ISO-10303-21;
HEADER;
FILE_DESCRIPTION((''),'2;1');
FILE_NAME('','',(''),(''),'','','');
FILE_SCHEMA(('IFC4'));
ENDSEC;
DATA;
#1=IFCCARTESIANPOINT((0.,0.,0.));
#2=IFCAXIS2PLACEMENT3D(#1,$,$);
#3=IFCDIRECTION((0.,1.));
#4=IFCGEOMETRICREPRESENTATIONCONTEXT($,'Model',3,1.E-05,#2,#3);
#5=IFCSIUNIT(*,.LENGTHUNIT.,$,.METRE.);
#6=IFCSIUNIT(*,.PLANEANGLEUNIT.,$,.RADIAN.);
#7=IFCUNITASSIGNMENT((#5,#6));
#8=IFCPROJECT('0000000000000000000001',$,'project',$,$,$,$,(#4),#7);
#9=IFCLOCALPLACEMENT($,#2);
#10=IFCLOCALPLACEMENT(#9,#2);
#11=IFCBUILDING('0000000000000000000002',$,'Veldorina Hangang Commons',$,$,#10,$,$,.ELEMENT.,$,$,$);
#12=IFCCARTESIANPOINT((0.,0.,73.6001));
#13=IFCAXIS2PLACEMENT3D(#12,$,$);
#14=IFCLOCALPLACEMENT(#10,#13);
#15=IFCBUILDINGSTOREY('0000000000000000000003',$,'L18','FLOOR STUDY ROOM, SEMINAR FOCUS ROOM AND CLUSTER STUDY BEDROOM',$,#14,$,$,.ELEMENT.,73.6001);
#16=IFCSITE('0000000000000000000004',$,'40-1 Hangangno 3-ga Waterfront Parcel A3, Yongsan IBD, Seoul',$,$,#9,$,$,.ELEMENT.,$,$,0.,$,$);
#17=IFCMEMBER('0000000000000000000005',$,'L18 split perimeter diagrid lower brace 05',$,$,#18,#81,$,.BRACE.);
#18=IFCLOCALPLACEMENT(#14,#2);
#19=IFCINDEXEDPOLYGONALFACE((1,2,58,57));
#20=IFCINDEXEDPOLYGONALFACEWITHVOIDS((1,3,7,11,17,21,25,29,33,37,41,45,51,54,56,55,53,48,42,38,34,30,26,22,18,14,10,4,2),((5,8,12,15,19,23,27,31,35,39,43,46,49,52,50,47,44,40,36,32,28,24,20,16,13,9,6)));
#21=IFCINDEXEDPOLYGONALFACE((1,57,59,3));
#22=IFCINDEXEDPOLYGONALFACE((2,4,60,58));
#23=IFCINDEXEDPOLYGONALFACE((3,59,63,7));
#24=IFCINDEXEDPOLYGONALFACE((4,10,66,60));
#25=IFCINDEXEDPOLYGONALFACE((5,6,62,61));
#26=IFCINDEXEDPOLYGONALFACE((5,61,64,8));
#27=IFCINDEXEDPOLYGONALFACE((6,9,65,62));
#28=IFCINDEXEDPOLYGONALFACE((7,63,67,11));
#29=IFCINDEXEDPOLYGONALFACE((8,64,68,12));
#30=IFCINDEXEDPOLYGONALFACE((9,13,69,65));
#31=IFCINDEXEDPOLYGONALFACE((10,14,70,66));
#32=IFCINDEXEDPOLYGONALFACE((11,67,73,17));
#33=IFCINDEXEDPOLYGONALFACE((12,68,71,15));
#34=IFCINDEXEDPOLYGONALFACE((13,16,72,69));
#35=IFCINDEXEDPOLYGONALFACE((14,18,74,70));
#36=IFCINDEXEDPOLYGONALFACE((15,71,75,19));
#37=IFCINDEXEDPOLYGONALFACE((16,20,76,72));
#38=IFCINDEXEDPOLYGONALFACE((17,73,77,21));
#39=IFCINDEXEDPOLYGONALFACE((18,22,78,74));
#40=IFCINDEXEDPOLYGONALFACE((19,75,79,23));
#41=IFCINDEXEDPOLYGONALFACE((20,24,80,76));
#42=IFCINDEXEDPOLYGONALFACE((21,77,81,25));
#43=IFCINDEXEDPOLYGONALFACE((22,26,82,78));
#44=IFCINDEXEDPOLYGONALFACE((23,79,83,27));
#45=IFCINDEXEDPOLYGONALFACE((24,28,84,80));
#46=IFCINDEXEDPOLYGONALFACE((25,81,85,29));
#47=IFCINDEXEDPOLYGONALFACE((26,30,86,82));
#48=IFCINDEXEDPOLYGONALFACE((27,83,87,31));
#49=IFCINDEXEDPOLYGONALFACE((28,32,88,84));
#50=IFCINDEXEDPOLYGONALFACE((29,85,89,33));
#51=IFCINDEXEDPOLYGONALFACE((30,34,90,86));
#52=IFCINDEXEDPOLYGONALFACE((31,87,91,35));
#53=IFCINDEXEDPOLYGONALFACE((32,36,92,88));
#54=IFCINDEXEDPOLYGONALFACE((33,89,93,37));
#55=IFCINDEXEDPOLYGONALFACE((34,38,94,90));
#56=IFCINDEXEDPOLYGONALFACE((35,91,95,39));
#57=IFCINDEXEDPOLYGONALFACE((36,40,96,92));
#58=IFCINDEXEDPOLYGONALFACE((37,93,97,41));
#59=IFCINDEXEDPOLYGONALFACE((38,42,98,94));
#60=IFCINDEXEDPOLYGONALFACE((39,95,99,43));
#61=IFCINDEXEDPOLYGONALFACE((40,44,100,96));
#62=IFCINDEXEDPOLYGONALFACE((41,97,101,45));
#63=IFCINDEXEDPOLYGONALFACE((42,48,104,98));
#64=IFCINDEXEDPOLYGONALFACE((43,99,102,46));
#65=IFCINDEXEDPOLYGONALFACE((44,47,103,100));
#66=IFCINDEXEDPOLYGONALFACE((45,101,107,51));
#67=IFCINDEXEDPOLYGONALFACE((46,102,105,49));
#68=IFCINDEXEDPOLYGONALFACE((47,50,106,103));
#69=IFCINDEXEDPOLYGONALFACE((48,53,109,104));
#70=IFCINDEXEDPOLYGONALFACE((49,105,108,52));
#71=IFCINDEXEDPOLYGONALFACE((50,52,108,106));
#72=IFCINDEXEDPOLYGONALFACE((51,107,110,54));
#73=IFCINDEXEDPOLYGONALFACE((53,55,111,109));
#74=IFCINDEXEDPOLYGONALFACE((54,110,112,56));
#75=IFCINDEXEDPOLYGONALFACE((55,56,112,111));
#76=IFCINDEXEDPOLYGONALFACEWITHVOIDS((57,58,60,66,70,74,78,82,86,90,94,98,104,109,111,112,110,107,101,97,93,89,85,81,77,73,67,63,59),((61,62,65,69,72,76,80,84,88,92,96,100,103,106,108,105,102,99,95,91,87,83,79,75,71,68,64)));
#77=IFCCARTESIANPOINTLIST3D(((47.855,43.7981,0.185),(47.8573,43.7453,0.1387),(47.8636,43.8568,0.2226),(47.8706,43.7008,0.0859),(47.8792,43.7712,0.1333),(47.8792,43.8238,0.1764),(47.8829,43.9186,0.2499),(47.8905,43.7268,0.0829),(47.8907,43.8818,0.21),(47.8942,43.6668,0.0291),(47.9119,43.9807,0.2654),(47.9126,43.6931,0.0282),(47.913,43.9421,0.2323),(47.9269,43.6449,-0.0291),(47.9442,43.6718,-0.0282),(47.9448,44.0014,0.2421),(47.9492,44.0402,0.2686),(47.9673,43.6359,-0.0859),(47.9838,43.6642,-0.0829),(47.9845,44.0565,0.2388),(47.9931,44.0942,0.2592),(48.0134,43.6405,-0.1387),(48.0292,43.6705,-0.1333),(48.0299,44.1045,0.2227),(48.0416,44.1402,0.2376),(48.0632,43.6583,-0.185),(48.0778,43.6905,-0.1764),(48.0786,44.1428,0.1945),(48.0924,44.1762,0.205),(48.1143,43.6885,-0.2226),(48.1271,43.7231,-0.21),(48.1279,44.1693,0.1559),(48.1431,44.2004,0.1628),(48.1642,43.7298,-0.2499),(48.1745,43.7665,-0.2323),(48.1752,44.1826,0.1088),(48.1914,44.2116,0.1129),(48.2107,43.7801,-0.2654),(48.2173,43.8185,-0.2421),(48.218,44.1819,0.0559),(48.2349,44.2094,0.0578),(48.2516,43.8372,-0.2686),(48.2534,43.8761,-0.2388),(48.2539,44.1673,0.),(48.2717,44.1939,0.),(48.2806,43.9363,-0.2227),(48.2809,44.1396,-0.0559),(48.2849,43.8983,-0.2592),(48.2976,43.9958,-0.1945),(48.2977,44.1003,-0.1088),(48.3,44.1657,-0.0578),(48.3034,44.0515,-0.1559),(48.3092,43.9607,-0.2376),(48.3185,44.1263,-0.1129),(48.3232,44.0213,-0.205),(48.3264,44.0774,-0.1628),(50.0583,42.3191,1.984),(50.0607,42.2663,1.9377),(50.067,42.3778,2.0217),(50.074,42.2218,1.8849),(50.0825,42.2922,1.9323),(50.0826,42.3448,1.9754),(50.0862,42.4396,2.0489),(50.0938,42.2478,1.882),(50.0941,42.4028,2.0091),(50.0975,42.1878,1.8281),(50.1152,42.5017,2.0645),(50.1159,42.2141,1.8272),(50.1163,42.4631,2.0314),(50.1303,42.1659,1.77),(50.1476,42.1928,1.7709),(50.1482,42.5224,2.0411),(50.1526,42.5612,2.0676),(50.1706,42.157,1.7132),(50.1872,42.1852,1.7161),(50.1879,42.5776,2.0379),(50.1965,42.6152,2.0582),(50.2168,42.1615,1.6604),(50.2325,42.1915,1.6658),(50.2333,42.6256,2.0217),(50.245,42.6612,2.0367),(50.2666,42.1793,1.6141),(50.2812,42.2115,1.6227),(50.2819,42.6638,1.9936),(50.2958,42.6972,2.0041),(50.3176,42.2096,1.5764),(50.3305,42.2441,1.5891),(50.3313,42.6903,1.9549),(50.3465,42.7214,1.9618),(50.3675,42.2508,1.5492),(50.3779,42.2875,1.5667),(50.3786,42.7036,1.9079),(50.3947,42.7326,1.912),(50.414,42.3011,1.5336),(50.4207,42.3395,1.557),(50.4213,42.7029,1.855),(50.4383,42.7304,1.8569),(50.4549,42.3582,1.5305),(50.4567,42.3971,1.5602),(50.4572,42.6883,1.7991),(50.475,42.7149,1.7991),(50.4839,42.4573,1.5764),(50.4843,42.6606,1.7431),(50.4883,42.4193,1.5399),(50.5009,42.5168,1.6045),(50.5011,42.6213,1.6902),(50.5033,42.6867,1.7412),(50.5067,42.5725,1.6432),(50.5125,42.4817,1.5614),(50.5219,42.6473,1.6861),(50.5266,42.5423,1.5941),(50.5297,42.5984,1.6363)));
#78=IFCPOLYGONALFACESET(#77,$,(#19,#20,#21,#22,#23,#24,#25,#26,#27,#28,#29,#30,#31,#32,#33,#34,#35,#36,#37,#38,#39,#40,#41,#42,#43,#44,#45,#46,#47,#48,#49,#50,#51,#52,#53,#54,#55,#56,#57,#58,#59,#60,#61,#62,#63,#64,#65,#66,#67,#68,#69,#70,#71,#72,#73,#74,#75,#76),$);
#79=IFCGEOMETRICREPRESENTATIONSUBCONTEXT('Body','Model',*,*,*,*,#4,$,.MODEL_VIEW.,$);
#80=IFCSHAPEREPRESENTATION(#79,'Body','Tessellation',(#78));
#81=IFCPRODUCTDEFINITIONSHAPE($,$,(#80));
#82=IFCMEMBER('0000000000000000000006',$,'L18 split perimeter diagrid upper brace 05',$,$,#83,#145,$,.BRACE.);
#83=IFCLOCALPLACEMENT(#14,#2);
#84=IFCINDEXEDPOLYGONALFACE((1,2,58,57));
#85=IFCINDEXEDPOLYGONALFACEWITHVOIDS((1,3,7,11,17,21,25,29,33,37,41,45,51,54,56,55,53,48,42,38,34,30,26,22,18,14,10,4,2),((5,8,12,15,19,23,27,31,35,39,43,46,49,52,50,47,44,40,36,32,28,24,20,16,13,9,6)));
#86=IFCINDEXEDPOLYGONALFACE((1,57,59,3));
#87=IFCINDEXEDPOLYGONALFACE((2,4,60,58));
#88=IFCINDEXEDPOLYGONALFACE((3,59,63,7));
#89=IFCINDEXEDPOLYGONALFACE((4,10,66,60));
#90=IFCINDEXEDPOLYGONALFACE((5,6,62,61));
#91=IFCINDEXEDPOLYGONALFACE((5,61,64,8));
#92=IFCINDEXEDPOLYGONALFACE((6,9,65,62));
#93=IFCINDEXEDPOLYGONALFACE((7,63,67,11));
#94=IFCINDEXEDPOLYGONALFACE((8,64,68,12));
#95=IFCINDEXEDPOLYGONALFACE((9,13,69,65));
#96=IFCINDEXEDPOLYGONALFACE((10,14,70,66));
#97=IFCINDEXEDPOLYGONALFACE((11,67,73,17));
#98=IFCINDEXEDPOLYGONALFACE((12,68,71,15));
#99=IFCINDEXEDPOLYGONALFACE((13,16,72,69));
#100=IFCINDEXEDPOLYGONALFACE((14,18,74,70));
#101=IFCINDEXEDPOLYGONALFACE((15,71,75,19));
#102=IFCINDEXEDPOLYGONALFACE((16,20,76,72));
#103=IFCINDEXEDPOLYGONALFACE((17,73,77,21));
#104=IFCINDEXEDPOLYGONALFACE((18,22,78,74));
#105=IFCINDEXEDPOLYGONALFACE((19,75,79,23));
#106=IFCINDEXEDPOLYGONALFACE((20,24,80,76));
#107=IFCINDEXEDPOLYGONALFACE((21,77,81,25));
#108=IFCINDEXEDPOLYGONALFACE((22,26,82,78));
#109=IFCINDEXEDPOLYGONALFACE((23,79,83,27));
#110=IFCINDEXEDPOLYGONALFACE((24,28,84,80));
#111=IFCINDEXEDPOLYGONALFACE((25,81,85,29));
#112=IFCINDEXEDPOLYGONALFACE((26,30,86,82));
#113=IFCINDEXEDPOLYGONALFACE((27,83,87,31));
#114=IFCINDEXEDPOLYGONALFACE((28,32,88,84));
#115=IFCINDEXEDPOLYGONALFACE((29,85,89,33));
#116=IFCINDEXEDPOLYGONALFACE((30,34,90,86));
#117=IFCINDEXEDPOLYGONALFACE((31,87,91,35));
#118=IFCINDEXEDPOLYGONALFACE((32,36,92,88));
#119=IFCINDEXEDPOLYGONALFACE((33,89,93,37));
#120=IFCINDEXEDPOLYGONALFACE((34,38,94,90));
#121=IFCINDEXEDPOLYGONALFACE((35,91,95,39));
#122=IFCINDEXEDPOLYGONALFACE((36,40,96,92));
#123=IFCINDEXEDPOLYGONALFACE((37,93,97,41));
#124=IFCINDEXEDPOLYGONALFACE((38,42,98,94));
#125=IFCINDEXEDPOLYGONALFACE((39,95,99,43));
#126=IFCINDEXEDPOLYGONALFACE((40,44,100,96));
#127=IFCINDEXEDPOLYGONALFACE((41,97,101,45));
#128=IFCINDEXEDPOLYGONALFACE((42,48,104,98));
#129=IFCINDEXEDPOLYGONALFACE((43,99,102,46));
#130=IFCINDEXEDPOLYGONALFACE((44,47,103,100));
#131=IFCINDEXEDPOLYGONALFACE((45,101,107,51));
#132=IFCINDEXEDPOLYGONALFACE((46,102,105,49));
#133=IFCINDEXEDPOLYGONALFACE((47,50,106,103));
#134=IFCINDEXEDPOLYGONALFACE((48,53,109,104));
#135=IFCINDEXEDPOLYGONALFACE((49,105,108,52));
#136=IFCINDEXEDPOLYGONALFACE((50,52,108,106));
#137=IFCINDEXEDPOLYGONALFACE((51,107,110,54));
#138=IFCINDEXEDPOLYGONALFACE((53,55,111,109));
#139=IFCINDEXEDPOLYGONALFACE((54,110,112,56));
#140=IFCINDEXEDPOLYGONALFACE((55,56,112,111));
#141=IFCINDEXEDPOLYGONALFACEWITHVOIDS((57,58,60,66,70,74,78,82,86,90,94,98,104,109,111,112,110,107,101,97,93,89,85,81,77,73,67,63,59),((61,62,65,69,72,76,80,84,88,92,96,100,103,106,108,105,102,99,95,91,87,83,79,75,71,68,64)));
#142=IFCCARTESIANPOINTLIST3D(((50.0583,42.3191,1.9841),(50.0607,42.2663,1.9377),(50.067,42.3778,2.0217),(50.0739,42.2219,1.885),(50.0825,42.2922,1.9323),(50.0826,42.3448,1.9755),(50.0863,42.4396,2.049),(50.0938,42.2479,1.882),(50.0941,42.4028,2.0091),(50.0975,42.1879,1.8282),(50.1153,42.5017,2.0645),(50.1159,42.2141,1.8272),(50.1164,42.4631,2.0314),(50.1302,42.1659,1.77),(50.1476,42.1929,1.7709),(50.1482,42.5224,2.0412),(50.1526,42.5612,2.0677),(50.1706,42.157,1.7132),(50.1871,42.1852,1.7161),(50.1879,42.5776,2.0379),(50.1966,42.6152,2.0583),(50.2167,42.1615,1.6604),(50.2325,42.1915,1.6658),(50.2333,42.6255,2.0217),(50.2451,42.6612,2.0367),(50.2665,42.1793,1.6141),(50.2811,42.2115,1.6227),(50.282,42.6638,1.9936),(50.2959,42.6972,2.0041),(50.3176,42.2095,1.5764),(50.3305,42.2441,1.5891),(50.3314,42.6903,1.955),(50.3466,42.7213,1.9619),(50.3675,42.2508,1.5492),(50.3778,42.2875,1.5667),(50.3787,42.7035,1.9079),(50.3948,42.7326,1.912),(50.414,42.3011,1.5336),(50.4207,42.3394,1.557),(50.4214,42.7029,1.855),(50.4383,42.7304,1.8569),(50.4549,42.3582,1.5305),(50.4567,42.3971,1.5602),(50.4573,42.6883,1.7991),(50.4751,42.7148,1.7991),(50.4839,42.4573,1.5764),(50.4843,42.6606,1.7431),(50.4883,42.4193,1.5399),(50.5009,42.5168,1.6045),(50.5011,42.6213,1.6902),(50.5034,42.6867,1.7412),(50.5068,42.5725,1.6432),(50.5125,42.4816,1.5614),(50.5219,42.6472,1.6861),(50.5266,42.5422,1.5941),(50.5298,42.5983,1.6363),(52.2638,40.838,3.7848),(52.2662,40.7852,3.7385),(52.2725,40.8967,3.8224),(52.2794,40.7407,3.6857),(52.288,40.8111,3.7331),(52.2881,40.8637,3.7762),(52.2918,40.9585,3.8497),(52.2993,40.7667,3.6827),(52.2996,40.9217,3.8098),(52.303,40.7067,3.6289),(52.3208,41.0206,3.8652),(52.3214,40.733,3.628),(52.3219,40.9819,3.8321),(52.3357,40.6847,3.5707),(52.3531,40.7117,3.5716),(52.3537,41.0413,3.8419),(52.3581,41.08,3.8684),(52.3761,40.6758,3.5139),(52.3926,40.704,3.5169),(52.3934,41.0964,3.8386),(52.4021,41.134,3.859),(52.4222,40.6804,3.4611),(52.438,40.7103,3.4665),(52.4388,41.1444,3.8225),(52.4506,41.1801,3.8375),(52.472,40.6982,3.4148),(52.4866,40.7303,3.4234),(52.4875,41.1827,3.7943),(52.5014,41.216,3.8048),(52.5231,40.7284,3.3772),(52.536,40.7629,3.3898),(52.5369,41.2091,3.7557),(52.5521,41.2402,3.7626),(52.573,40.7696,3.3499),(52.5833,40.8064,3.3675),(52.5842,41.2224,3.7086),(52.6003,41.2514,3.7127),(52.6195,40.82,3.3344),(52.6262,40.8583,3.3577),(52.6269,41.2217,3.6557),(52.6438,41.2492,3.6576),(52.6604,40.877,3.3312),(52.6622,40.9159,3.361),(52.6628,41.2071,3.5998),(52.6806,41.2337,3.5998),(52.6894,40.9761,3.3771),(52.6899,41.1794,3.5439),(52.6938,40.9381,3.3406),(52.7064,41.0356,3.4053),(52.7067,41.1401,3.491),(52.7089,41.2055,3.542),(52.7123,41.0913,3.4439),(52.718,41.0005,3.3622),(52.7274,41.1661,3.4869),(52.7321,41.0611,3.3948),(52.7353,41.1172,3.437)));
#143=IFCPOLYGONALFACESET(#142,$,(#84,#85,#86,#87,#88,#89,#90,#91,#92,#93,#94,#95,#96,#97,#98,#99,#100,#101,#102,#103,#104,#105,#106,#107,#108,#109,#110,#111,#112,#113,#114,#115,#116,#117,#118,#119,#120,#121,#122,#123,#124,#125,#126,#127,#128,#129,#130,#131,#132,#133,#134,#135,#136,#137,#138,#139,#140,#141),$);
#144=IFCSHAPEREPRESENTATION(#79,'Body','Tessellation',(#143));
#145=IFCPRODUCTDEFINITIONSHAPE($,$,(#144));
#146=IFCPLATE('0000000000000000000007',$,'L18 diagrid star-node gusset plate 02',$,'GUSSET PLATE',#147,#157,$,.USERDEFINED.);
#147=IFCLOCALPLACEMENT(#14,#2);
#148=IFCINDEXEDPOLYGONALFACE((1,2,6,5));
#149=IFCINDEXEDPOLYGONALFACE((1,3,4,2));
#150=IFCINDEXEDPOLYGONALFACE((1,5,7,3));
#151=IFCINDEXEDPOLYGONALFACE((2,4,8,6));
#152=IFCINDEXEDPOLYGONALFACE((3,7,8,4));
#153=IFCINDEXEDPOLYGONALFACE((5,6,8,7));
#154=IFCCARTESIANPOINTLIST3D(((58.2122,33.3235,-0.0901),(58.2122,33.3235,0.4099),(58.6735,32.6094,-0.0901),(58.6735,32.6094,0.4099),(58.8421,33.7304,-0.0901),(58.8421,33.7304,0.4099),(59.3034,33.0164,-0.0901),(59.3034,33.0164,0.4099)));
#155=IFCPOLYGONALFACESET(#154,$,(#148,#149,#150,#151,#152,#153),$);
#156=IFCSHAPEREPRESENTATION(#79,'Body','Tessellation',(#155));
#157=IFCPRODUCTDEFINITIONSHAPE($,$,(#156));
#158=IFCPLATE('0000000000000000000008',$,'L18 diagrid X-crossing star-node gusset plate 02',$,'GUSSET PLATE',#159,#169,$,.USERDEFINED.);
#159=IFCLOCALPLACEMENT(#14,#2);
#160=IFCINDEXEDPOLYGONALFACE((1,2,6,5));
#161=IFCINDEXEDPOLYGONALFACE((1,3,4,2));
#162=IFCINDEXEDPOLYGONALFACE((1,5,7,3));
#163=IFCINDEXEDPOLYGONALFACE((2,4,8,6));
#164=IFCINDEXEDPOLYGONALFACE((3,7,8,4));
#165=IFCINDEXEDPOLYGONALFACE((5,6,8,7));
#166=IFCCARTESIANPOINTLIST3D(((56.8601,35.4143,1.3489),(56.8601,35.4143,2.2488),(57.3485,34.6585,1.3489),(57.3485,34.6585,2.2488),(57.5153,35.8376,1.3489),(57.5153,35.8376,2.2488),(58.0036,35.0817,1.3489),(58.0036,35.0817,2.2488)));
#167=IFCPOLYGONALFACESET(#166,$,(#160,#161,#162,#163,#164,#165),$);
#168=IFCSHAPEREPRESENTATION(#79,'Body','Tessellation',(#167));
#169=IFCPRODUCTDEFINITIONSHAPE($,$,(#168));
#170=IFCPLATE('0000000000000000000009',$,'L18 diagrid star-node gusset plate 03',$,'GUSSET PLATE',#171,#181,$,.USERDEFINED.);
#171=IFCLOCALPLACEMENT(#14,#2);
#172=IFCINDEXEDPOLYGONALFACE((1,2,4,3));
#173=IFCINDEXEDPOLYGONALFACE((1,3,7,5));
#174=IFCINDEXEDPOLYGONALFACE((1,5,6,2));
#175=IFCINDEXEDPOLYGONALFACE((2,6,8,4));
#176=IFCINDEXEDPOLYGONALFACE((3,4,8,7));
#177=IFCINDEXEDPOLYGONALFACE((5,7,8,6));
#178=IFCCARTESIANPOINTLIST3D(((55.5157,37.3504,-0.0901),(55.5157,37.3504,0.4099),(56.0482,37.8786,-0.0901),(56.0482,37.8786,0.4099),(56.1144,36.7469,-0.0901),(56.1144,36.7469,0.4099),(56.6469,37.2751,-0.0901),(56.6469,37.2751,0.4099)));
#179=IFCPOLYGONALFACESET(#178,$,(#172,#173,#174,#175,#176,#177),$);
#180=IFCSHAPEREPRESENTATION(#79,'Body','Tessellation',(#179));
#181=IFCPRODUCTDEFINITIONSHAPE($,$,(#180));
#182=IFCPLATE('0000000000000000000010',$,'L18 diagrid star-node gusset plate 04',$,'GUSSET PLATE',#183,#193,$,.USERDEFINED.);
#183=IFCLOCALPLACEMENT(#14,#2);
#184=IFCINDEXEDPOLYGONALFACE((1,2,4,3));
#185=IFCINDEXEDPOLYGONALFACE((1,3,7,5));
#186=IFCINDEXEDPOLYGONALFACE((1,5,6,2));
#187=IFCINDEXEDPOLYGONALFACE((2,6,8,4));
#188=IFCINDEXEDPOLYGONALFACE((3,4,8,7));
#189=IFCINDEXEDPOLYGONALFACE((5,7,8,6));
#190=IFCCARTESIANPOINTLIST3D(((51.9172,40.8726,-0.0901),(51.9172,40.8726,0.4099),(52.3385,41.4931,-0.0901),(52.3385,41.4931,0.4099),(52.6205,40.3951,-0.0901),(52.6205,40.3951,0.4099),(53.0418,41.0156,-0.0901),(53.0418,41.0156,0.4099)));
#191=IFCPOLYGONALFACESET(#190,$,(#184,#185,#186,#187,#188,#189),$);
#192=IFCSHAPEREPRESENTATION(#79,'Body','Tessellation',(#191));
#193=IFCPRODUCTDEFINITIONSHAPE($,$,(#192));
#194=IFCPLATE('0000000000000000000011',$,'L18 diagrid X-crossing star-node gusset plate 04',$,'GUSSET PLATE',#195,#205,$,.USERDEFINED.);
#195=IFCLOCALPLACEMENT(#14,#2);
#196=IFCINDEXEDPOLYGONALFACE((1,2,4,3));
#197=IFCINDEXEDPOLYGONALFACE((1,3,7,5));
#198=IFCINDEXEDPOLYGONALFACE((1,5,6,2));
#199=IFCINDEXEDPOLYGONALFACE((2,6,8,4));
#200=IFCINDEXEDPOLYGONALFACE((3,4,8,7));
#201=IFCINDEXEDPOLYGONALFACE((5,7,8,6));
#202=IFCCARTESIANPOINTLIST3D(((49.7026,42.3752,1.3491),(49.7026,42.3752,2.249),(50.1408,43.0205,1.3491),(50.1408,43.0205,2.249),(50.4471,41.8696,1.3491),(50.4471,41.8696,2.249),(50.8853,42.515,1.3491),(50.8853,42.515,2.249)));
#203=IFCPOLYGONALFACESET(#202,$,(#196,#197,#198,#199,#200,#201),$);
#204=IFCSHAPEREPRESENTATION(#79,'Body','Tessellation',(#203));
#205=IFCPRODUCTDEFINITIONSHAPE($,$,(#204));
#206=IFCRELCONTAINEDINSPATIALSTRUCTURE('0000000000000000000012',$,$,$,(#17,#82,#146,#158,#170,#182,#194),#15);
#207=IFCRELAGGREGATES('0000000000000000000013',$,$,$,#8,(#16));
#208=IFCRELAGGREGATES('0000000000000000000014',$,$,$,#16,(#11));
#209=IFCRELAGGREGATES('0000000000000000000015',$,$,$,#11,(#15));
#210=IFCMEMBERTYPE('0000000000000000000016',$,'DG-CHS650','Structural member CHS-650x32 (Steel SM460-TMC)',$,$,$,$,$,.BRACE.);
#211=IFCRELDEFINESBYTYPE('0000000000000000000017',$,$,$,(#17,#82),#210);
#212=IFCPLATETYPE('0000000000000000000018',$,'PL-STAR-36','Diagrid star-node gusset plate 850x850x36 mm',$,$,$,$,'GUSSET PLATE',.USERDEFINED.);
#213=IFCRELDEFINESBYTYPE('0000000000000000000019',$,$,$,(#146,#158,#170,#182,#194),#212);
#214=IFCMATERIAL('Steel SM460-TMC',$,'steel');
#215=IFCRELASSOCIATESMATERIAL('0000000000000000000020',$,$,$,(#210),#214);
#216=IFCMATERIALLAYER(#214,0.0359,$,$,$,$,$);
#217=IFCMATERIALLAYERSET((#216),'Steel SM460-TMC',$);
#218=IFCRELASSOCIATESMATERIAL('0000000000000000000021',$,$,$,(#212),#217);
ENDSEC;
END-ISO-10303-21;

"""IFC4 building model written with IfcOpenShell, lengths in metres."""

from ifc_helpers import new_model, si_unit, direction, frame, origin, origin_2d, place, context, subcontext, project, spatial, rectangle, hollow_circle, extrude, material, layer, layer_set, material_profile, profile_set, type_object, element, save


model = new_model("IFC4")

# Units and contexts
model_context = context("Model", 3, precision=1e-05, world=origin(), true_north=direction((0.0, 1.0)))
body_context = subcontext(model_context, "Body", "Model", "MODEL_VIEW")
ifc_project = project(units=[si_unit("LENGTHUNIT", "METRE"), si_unit("PLANEANGLEUNIT", "RADIAN")], contexts=[model_context])

# Site, building, storey
site_placement = place(None, origin())
site = spatial("IfcSite", under=ifc_project, at=site_placement, Name="40-1 Hangangno 3-ga Waterfront Parcel A3, Yongsan IBD, Seoul", CompositionType="ELEMENT", RefElevation=0.0)
building_placement = place(site_placement, origin())
building = spatial("IfcBuilding", under=site, at=building_placement, Name="Veldorina Hangang Commons", CompositionType="ELEMENT")
storey_placement = place(building_placement, frame((0.0, 0.0, 73.6001)))
storey = spatial("IfcBuildingStorey", under=building, at=storey_placement, Name="L18", Description="FLOOR STUDY ROOM, SEMINAR FOCUS ROOM AND CLUSTER STUDY BEDROOM", CompositionType="ELEMENT", Elevation=73.6001)

# Members
ifc_material_1 = material(Name="Steel SM460-TMC", Category="steel")
ifc_material_profile_1 = material_profile(ifc_material_1, hollow_circle(Radius=0.325, WallThickness=0.032, at=origin_2d()), Name="CHS-650x32")
ifc_profile_set_1 = profile_set([ifc_material_profile_1], Name="Steel SM460-TMC")
member_type = type_object("IfcMemberType", Name="DG-CHS650", Description="Structural member CHS-650x32 (Steel SM460-TMC)", PredefinedType="BRACE", material=ifc_profile_set_1)
member_1_placement = place(storey_placement, frame((48.0906, 43.9241, 0.0), z_axis=(0.687247, -0.461312, 0.561144), x_axis=(0.55733, 0.830291, 0.0)))
element("IfcMember", 1, at=member_1_placement, inside=storey, type_object=member_type, Name="L18 split perimeter diagrid lower brace 05", PredefinedType="BRACE", context=body_context, shape_type="SweptSolid", body=[
    extrude(hollow_circle(Radius=0.325, WallThickness=0.032, at=origin_2d()), origin(), (0.0, 0.0, 1.0), 3.2061),
])
member_2_placement = place(storey_placement, frame((50.2939, 42.4451, 1.7991), z_axis=(0.687186, -0.461496, 0.561067), x_axis=(0.557517, 0.830165, 0.0)))
element("IfcMember", 2, at=member_2_placement, inside=storey, type_object=member_type, Name="L18 split perimeter diagrid upper brace 05", PredefinedType="BRACE", context=body_context, shape_type="SweptSolid", body=[
    extrude(hollow_circle(Radius=0.325, WallThickness=0.032, at=origin_2d()), origin(), (0.0, 0.0, 1.0), 3.2095),
])

# Plates
ifc_layer_1 = layer(ifc_material_1, 0.0359)
ifc_layer_set_1 = layer_set([ifc_layer_1], Name="Steel SM460-TMC")
plate_type = type_object("IfcPlateType", Name="PL-STAR-36", Description="Diagrid star-node gusset plate 850x850x36 mm", ElementType="GUSSET PLATE", PredefinedType="USERDEFINED", material=ifc_layer_set_1)
plate_1_placement = place(storey_placement, frame((58.7578, 33.1699, -0.0901), z_axis=(0.0, 0.0, 1.0), x_axis=(-0.542647, 0.839961, 0.0)))
element("IfcPlate", 3, at=plate_1_placement, inside=storey, type_object=plate_type, Name="L18 diagrid star-node gusset plate 02", ObjectType="GUSSET PLATE", PredefinedType="USERDEFINED", context=body_context, shape_type="SweptSolid", body=[
    extrude(rectangle(XDim=0.8501, YDim=0.75, at=origin_2d()), origin(), (0.0, 0.0, 1.0), 0.5),
])
plate_2_placement = place(storey_placement, frame((57.4319, 35.248, 1.3489), z_axis=(0.0, 0.0, 1.0), x_axis=(-0.542647, 0.839961, 0.0)))
element("IfcPlate", 4, at=plate_2_placement, inside=storey, type_object=plate_type, Name="L18 diagrid X-crossing star-node gusset plate 02", ObjectType="GUSSET PLATE", PredefinedType="USERDEFINED", context=body_context, shape_type="SweptSolid", body=[
    extrude(rectangle(XDim=0.8999, YDim=0.78, at=origin_2d()), origin(), (0.0, 0.0, 1.0), 0.8999),
])
for number, where, z_axis, x_axis, name in (
    (5, (56.0813, 37.3127, -0.0901), (0.0, 0.0, 1.0), (-0.704238, 0.709964, 0.0), "L18 diagrid star-node gusset plate 03"),
    (6, (52.4795, 40.9441, -0.0901), (0.0, 0.0, 1.0), (-0.827316, 0.561737, 0.0), "L18 diagrid star-node gusset plate 04"),
):
    element("IfcPlate", number, at=place(storey_placement, frame(where, z_axis=z_axis, x_axis=x_axis)), inside=storey, type_object=plate_type, Name=name, ObjectType="GUSSET PLATE", PredefinedType="USERDEFINED", context=body_context, shape_type="SweptSolid", body=[
        extrude(rectangle(XDim=0.8501, YDim=0.75, at=origin_2d()), origin(), (0.0, 0.0, 1.0), 0.5),
    ])
plate_3_placement = place(storey_placement, frame((50.2939, 42.4451, 1.3491), z_axis=(0.0, 0.0, 1.0), x_axis=(-0.827316, 0.561737, 0.0)))
element("IfcPlate", 7, at=plate_3_placement, inside=storey, type_object=plate_type, Name="L18 diagrid X-crossing star-node gusset plate 04", ObjectType="GUSSET PLATE", PredefinedType="USERDEFINED", context=body_context, shape_type="SweptSolid", body=[
    extrude(rectangle(XDim=0.8999, YDim=0.78, at=origin_2d()), origin(), (0.0, 0.0, 1.0), 0.8999),
])

save(model, "model.ifc")
